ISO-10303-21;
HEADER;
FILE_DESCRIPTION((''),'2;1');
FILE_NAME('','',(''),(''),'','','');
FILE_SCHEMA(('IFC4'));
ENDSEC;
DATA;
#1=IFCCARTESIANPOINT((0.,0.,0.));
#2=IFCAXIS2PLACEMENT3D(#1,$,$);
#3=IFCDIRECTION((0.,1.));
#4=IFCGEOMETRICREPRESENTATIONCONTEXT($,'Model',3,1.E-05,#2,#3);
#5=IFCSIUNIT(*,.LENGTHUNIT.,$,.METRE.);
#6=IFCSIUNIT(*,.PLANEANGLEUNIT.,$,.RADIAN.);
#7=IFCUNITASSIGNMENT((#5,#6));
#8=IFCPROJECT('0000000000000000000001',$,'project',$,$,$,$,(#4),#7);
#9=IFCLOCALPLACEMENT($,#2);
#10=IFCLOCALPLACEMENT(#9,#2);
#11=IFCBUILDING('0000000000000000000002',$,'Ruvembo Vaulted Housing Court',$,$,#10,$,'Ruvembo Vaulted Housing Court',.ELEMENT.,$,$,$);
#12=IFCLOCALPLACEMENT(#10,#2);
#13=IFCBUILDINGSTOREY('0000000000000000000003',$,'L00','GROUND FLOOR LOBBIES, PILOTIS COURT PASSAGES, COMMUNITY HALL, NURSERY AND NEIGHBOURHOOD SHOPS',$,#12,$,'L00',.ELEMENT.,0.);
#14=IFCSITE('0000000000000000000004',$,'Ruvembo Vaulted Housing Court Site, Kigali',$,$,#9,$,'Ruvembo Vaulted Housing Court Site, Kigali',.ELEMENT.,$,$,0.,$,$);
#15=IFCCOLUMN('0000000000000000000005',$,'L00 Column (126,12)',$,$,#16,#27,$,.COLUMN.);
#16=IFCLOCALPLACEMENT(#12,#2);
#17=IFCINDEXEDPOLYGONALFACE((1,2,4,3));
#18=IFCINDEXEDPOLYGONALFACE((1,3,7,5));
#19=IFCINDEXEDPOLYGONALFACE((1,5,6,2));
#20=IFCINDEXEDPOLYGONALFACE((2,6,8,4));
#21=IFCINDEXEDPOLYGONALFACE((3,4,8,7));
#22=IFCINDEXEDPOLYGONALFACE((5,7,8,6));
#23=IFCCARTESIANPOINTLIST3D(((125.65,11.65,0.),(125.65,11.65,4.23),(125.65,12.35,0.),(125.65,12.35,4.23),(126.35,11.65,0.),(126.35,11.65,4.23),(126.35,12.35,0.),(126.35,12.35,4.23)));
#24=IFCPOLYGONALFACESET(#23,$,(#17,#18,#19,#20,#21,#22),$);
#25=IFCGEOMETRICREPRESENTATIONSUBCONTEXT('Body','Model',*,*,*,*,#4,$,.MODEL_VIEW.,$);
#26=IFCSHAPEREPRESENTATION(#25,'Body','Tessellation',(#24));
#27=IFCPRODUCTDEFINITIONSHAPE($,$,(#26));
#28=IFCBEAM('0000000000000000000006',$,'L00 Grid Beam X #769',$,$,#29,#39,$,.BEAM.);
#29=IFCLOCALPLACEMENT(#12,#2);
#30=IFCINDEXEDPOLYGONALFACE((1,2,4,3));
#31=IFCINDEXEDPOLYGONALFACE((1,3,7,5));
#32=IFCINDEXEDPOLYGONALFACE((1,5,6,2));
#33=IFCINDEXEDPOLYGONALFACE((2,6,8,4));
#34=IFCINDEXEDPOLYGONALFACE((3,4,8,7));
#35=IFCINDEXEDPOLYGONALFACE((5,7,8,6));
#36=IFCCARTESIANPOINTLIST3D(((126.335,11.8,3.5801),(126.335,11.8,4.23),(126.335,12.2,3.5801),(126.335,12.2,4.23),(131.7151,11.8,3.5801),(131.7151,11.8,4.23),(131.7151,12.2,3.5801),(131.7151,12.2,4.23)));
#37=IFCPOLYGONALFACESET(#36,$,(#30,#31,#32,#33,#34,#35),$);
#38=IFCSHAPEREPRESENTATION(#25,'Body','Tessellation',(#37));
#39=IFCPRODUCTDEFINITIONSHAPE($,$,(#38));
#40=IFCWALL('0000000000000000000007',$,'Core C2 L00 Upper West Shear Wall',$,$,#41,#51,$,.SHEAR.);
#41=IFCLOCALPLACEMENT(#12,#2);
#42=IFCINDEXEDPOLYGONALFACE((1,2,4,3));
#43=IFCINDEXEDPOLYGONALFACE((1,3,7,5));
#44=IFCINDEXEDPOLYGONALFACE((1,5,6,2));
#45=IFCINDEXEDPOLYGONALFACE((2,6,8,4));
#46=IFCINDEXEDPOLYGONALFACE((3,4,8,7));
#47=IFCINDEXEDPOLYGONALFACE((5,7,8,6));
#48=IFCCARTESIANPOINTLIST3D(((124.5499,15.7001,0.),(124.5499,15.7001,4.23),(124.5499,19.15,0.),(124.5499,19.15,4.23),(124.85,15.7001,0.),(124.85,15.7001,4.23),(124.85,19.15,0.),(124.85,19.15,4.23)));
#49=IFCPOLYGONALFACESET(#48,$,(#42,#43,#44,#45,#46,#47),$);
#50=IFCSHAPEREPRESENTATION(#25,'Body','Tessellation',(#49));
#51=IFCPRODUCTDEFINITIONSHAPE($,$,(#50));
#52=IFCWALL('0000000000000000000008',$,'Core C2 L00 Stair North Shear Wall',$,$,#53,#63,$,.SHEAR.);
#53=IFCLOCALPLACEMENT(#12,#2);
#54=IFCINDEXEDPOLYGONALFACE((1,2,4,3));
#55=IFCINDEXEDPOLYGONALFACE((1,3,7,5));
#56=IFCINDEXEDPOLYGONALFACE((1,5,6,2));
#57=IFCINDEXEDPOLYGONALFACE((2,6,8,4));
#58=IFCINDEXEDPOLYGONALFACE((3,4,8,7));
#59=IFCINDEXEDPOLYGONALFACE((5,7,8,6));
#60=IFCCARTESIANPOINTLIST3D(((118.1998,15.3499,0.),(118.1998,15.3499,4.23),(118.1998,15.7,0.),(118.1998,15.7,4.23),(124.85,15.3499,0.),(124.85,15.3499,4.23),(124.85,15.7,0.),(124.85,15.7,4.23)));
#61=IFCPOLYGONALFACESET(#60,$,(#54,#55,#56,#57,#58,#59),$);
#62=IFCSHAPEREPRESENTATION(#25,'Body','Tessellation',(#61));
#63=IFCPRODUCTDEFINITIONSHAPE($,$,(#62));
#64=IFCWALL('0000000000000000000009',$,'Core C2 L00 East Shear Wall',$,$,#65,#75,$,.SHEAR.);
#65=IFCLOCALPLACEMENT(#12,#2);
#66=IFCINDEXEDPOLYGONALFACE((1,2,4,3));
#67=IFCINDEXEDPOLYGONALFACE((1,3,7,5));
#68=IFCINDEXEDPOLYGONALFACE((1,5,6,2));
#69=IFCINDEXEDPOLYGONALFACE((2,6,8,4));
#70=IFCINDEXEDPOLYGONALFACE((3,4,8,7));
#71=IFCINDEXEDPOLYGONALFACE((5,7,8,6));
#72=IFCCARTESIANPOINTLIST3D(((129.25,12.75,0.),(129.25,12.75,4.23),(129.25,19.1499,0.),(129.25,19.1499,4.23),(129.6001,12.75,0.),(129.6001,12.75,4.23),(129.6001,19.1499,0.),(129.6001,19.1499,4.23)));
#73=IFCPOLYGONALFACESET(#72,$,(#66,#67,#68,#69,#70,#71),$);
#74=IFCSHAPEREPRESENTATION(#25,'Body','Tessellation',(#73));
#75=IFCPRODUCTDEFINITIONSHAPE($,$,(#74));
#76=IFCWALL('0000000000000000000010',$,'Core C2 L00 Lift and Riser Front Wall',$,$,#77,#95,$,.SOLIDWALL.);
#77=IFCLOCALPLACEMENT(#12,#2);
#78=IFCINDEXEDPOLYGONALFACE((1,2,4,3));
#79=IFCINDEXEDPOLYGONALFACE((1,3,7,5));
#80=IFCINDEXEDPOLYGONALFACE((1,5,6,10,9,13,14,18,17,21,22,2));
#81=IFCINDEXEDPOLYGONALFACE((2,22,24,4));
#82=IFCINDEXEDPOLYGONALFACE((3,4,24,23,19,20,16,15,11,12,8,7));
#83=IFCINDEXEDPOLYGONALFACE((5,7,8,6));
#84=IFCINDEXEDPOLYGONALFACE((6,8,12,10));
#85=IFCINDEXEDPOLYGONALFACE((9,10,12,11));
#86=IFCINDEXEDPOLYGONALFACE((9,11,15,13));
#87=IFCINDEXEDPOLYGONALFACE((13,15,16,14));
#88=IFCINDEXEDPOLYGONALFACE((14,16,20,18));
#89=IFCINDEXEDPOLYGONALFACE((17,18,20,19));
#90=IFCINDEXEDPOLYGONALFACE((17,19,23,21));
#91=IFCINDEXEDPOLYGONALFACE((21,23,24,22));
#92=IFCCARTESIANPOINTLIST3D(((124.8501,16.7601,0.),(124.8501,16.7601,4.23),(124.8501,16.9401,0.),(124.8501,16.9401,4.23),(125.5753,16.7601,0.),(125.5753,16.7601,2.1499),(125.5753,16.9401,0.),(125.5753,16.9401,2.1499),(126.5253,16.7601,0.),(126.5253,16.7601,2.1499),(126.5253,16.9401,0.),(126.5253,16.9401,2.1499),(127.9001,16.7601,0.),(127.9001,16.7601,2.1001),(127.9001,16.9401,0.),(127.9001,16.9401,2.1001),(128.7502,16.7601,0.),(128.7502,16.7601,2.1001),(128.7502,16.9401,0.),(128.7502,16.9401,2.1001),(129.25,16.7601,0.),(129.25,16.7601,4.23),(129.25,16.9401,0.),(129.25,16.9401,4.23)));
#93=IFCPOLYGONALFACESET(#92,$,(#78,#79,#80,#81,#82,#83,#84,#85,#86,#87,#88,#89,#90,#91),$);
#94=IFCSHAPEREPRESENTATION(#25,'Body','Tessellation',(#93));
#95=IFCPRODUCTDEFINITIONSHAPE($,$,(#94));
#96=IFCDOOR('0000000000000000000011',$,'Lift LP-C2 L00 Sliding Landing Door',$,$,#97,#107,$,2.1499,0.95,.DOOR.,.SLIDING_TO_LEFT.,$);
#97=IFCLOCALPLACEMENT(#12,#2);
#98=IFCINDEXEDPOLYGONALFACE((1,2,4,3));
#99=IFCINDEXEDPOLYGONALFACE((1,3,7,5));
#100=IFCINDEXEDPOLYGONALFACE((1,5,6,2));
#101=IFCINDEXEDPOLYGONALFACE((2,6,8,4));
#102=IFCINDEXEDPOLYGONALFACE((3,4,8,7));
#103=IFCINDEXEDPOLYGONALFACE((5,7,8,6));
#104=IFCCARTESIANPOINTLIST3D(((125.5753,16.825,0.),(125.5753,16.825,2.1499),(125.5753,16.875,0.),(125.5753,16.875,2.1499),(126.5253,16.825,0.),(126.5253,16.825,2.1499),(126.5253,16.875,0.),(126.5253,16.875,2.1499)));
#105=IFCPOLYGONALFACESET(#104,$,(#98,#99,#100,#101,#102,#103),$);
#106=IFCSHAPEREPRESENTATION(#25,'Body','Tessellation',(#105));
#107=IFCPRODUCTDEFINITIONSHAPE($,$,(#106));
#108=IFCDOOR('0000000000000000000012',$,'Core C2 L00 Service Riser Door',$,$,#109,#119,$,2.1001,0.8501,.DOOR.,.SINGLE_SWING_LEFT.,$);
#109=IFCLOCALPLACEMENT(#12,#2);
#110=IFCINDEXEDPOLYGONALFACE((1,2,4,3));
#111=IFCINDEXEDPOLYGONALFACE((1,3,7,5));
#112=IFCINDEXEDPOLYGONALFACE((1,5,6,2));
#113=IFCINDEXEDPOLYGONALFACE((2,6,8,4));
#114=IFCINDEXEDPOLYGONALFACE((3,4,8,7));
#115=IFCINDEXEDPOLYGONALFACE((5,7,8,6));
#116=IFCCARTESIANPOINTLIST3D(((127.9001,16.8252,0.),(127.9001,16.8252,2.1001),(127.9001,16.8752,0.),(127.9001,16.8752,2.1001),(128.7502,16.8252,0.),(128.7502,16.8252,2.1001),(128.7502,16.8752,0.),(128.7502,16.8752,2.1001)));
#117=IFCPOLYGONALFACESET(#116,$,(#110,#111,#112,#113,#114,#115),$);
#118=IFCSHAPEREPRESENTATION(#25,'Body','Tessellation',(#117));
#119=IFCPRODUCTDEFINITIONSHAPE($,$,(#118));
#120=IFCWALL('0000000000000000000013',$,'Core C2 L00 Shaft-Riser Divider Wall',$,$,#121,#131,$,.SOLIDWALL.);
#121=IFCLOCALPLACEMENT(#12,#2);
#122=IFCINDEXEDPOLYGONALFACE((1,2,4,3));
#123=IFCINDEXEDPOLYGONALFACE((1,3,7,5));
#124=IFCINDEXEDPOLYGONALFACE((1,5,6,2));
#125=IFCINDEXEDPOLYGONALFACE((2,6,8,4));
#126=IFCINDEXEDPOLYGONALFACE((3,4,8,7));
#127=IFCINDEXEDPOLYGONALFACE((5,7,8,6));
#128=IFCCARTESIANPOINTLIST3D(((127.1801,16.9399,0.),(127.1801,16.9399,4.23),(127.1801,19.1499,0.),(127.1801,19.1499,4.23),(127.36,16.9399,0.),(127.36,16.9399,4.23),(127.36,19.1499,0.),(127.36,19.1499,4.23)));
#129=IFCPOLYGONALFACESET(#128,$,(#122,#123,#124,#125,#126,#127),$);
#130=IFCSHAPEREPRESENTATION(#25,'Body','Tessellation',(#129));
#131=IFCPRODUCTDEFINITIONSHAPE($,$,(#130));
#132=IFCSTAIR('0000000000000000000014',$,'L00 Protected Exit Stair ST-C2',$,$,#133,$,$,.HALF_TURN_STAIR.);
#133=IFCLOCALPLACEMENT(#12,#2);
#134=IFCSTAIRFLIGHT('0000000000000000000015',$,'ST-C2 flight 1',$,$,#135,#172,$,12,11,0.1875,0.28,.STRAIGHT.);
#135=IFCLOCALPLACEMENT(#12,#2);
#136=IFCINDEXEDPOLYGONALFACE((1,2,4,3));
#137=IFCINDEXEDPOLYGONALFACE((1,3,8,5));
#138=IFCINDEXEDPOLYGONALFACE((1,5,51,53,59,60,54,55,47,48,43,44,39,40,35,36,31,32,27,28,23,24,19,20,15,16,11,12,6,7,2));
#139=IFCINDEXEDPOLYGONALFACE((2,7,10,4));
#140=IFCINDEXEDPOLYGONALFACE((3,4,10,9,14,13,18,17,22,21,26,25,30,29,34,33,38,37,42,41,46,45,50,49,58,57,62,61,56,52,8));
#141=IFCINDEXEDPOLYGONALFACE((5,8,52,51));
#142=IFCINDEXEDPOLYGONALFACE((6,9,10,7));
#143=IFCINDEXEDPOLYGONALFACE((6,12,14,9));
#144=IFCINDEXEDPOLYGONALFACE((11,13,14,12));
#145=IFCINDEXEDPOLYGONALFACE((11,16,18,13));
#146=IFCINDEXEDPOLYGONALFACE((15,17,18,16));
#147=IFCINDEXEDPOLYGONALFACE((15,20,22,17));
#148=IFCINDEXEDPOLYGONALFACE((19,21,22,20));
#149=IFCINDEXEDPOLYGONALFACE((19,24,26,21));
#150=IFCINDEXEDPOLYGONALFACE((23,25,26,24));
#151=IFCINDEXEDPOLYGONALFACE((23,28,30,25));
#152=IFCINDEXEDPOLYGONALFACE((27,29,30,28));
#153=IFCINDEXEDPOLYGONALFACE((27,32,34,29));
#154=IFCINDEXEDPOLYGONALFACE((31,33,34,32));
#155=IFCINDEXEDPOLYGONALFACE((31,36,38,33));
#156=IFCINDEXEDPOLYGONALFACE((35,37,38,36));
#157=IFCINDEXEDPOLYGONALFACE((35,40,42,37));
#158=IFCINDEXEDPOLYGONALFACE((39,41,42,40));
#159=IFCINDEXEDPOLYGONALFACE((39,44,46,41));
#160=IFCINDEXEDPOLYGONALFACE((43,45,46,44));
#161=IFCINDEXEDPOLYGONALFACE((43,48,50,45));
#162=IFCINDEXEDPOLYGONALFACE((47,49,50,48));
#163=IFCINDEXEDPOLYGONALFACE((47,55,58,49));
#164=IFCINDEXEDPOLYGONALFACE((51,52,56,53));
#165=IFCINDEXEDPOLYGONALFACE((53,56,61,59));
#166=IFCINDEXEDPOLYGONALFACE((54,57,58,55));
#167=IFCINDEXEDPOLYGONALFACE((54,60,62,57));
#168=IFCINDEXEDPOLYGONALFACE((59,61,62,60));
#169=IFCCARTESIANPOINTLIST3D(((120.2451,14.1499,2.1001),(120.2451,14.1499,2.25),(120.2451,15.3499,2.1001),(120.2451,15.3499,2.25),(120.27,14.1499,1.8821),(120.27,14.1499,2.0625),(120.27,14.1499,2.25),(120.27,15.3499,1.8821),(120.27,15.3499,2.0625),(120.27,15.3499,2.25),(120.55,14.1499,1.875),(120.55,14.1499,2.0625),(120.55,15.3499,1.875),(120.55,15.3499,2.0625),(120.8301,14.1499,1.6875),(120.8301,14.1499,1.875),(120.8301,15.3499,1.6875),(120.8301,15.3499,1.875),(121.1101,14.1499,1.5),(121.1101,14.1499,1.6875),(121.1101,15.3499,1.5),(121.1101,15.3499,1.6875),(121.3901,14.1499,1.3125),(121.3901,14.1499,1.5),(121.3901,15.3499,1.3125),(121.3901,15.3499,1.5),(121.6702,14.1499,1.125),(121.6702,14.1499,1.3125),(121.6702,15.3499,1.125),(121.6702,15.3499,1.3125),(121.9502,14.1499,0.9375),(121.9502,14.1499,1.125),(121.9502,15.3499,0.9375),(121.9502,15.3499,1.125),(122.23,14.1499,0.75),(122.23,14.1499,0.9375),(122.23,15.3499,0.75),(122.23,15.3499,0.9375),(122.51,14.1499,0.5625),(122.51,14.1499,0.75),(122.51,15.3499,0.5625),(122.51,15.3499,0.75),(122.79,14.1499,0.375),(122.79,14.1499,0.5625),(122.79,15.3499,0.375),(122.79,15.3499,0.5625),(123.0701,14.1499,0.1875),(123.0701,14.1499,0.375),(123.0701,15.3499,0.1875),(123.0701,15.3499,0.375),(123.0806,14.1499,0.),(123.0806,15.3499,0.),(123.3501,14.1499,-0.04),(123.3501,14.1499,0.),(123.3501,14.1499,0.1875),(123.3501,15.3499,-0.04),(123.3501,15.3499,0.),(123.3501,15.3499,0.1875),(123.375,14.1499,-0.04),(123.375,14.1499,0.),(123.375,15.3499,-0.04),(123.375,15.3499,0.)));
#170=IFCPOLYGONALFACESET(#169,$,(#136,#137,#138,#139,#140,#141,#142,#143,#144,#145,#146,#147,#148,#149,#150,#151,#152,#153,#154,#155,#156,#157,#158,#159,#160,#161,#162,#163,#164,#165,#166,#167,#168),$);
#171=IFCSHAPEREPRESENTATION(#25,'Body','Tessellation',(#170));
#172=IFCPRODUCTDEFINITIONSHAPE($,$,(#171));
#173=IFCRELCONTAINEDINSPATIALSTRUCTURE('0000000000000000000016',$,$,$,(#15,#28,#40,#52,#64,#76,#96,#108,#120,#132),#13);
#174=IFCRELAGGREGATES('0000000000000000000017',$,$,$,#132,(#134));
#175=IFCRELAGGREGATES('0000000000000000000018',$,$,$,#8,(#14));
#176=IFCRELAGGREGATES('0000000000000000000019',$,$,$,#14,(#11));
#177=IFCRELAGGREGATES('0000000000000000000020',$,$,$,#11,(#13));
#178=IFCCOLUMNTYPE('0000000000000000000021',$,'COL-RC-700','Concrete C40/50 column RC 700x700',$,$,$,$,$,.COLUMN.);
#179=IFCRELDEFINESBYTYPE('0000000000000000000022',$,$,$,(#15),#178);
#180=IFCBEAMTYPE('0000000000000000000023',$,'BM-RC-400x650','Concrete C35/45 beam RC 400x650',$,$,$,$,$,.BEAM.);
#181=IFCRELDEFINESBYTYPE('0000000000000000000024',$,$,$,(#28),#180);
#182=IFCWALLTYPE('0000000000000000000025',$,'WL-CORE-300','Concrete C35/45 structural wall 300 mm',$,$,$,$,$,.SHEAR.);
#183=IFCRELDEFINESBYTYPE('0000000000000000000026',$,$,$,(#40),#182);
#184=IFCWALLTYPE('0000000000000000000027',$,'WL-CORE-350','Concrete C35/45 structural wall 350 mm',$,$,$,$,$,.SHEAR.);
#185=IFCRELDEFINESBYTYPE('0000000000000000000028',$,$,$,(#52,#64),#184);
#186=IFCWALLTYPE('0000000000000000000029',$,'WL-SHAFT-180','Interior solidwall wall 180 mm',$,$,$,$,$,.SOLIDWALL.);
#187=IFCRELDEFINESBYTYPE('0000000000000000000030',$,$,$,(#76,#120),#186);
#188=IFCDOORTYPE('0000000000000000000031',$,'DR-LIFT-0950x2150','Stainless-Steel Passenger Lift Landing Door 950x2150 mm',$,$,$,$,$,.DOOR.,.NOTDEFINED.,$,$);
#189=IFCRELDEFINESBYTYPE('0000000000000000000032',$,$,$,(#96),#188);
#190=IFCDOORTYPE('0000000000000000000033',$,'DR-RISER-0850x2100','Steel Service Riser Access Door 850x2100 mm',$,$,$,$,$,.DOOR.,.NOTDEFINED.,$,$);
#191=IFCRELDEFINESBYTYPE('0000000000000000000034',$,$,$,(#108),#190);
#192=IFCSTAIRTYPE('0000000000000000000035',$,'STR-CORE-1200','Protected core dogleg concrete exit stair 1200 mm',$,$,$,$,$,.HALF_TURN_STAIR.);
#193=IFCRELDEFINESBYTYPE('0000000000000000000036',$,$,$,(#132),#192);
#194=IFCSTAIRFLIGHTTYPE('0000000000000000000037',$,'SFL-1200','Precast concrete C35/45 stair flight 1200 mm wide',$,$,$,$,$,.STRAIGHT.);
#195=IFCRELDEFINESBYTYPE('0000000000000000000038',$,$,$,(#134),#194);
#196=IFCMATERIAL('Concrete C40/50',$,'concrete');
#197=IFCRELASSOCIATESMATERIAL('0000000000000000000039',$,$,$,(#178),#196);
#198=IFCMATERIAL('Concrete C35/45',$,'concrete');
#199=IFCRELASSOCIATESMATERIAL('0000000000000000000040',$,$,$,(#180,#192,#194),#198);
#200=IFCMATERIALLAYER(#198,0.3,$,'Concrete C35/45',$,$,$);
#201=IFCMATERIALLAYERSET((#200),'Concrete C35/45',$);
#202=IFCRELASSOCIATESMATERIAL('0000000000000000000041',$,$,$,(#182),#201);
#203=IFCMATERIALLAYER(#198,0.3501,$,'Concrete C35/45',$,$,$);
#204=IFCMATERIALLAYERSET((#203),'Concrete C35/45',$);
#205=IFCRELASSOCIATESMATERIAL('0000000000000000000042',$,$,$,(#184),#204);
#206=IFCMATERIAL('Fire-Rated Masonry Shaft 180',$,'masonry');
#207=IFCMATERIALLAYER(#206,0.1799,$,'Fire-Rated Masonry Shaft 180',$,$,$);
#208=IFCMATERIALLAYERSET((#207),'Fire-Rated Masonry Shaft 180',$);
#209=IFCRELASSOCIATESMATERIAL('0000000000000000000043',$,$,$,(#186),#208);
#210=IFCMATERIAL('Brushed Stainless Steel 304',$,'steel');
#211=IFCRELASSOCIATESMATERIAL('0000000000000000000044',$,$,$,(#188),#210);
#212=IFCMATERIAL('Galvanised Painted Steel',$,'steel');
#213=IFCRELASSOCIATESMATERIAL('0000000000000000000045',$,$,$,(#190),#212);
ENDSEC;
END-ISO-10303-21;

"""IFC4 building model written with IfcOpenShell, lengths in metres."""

from ifc_helpers import new_model, si_unit, direction, frame, frame_2d, origin, origin_2d, place, context, subcontext, project, spatial, polyline, rectangle, outline, extrude, material, layer, layer_set, material_profile, profile_set, type_object, element, fill, aggregate, save


model = new_model("IFC4")

# Units and contexts
model_context = context("Model", 3, precision=1e-05, world=origin(), true_north=direction((0.0, 1.0)))
body_context = subcontext(model_context, "Body", "Model", "MODEL_VIEW")
ifc_project = project(units=[si_unit("LENGTHUNIT", "METRE"), si_unit("PLANEANGLEUNIT", "RADIAN")], contexts=[model_context])

# Site, building, storey
site_placement = place(None, origin())
site = spatial("IfcSite", under=ifc_project, at=site_placement, Name="Ruvembo Vaulted Housing Court Site, Kigali", LongName="Ruvembo Vaulted Housing Court Site, Kigali", CompositionType="ELEMENT", RefElevation=0.0)
building_placement = place(site_placement, origin())
building = spatial("IfcBuilding", under=site, at=building_placement, Name="Ruvembo Vaulted Housing Court", LongName="Ruvembo Vaulted Housing Court", CompositionType="ELEMENT")
storey_placement = place(building_placement, origin())
storey = spatial("IfcBuildingStorey", under=building, at=storey_placement, Name="L00", Description="GROUND FLOOR LOBBIES, PILOTIS COURT PASSAGES, COMMUNITY HALL, NURSERY AND NEIGHBOURHOOD SHOPS", LongName="L00", CompositionType="ELEMENT", Elevation=0.0)

# Column
ifc_material_1 = material(Name="Concrete C40/50", Category="concrete")
ifc_material_profile_1 = material_profile(ifc_material_1, rectangle(XDim=0.7, YDim=0.7, at=origin_2d()), Name="RC 700x700")
ifc_profile_set_1 = profile_set([ifc_material_profile_1], Name="Concrete C40/50")
column_type = type_object("IfcColumnType", Name="COL-RC-700", Description="Concrete C40/50 column RC 700x700", PredefinedType="COLUMN", material=ifc_profile_set_1)
column_placement = place(storey_placement, frame((126.0, 12.0, 0.0), z_axis=(0.0, 0.0, 1.0), x_axis=(1.0, 0.0, 0.0)))
element("IfcColumn", 1, at=column_placement, inside=storey, type_object=column_type, Name="L00 Column (126,12)", PredefinedType="COLUMN", context=body_context, shape_type="SweptSolid", body=[
    extrude(rectangle(XDim=0.7, YDim=0.7, at=origin_2d()), origin(), (0.0, 0.0, 1.0), 4.23),
])

# Beam
ifc_material_2 = material(Name="Concrete C35/45", Category="concrete")
ifc_material_profile_2 = material_profile(ifc_material_2, rectangle(XDim=0.3999, YDim=0.6499, at=origin_2d()), Name="RC 400x650")
ifc_profile_set_2 = profile_set([ifc_material_profile_2], Name="Concrete C35/45")
beam_type = type_object("IfcBeamType", Name="BM-RC-400x650", Description="Concrete C35/45 beam RC 400x650", PredefinedType="BEAM", material=ifc_profile_set_2)
beam_placement = place(storey_placement, frame((126.335, 12.0, 3.905), z_axis=(1.0, 0.0, 0.0), x_axis=(0.0, 1.0, 0.0)))
element("IfcBeam", 2, at=beam_placement, inside=storey, type_object=beam_type, Name="L00 Grid Beam X #769", PredefinedType="BEAM", context=body_context, shape_type="SweptSolid", body=[
    extrude(rectangle(XDim=0.3999, YDim=0.6499, at=origin_2d()), origin(), (0.0, 0.0, 1.0), 5.3801),
])

# Shared definitions
ifc_layer_1 = layer(ifc_material_2, 0.3, Name="Concrete C35/45")
ifc_layer_set_1 = layer_set([ifc_layer_1], Name="Concrete C35/45")
wall_type_1 = type_object("IfcWallType", Name="WL-CORE-300", Description="Concrete C35/45 structural wall 300 mm", PredefinedType="SHEAR", material=ifc_layer_set_1)
ifc_material_3 = material(Name="Galvanised Painted Steel", Category="steel")

# Walls
wall_1_placement = place(storey_placement, frame((124.7, 15.7, 0.0), z_axis=(0.0, 0.0, 1.0), x_axis=(0.0, 1.0, 0.0)))
element("IfcWall", 3, at=wall_1_placement, inside=storey, type_object=wall_type_1, Name="Core C2 L00 Upper West Shear Wall", PredefinedType="SHEAR", context=body_context, shape_type="SweptSolid", body=[
    extrude(rectangle(XDim=3.45, YDim=0.3, at=frame_2d((1.7251, 0.0))), origin(), (0.0, 0.0, 1.0), 4.23),
])
ifc_layer_2 = layer(ifc_material_2, 0.3501, Name="Concrete C35/45")
ifc_layer_set_2 = layer_set([ifc_layer_2], Name="Concrete C35/45")
wall_type_2 = type_object("IfcWallType", Name="WL-CORE-350", Description="Concrete C35/45 structural wall 350 mm", PredefinedType="SHEAR", material=ifc_layer_set_2)
wall_2_placement = place(storey_placement, frame((124.8501, 15.5249, 0.0), z_axis=(0.0, 0.0, 1.0), x_axis=(-1.0, 0.0, 0.0)))
element("IfcWall", 4, at=wall_2_placement, inside=storey, type_object=wall_type_2, Name="Core C2 L00 Stair North Shear Wall", PredefinedType="SHEAR", context=body_context, shape_type="SweptSolid", body=[
    extrude(rectangle(XDim=6.6501, YDim=0.3501, at=frame_2d((3.3252, 0.0))), origin(), (0.0, 0.0, 1.0), 4.23),
])
wall_3_placement = place(storey_placement, frame((129.425, 12.75, 0.0), z_axis=(0.0, 0.0, 1.0), x_axis=(0.0, 1.0, 0.0)))
element("IfcWall", 5, at=wall_3_placement, inside=storey, type_object=wall_type_2, Name="Core C2 L00 East Shear Wall", PredefinedType="SHEAR", context=body_context, shape_type="SweptSolid", body=[
    extrude(rectangle(XDim=6.3999, YDim=0.3501, at=frame_2d((3.2, 0.0))), origin(), (0.0, 0.0, 1.0), 4.23),
])

# Wall, openings, doors
ifc_material_4 = material(Name="Fire-Rated Masonry Shaft 180", Category="masonry")
ifc_layer_3 = layer(ifc_material_4, 0.1799, Name="Fire-Rated Masonry Shaft 180")
ifc_layer_set_3 = layer_set([ifc_layer_3], Name="Fire-Rated Masonry Shaft 180")
wall_type_3 = type_object("IfcWallType", Name="WL-SHAFT-180", Description="Interior solidwall wall 180 mm", PredefinedType="SOLIDWALL", material=ifc_layer_set_3)
wall_4_placement = place(storey_placement, frame((124.8501, 16.8501, 0.0), z_axis=(0.0, 0.0, 1.0), x_axis=(1.0, 0.0, 0.0)))
wall_4 = element("IfcWall", 6, at=wall_4_placement, inside=storey, type_object=wall_type_3, Name="Core C2 L00 Lift and Riser Front Wall", PredefinedType="SOLIDWALL", context=body_context, shape_type="SweptSolid", body=[
    extrude(rectangle(XDim=4.3999, YDim=0.1799, at=frame_2d((2.2, 0.0))), origin(), (0.0, 0.0, 1.0), 4.23),
])
opening_1_placement = place(wall_4_placement, frame((0.7251, 0.0, 0.0)))
opening_1 = element("IfcOpeningElement", 7, at=opening_1_placement, cuts=wall_4, PredefinedType="OPENING", context=body_context, shape_type="SweptSolid", body=[
    extrude(rectangle(XDim=0.95, YDim=2.1499, at=frame_2d((0.4751, 1.075))), frame((0.0, 0.0999, 0.0), z_axis=(0.0, -1.0, 0.0), x_axis=(1.0, 0.0, 0.0)), (0.0, 0.0, 1.0), 0.2),
])
opening_2_placement = place(wall_4_placement, frame((3.05, 0.0, 0.0)))
opening_2 = element("IfcOpeningElement", 8, at=opening_2_placement, cuts=wall_4, PredefinedType="OPENING", context=body_context, shape_type="SweptSolid", body=[
    extrude(rectangle(XDim=0.8501, YDim=2.1001, at=frame_2d((0.425, 1.05))), frame((0.0, 0.0999, 0.0), z_axis=(0.0, -1.0, 0.0), x_axis=(1.0, 0.0, 0.0)), (0.0, 0.0, 1.0), 0.2),
])
ifc_material_5 = material(Name="Brushed Stainless Steel 304", Category="steel")
door_type_1 = type_object("IfcDoorType", Name="DR-LIFT-0950x2150", Description="Stainless-Steel Passenger Lift Landing Door 950x2150 mm", OperationType="NOTDEFINED", PredefinedType="DOOR", material=ifc_material_5)
door_1_placement = place(opening_1_placement, origin())
door_1 = element("IfcDoor", 9, at=door_1_placement, inside=storey, type_object=door_type_1, Name="Lift LP-C2 L00 Sliding Landing Door", OperationType="SLIDING_TO_LEFT", OverallHeight=2.1499, OverallWidth=0.95, PredefinedType="DOOR", context=body_context, shape_type="SweptSolid", body=[
    extrude(rectangle(XDim=0.95, YDim=2.1499, at=frame_2d((0.4751, 1.075))), frame((0.0, 0.0249, 0.0), z_axis=(0.0, -1.0, 0.0), x_axis=(1.0, 0.0, 0.0)), (0.0, 0.0, 1.0), 0.05),
])
fill(opening_1, door_1)
door_type_2 = type_object("IfcDoorType", Name="DR-RISER-0850x2100", Description="Steel Service Riser Access Door 850x2100 mm", OperationType="NOTDEFINED", PredefinedType="DOOR", material=ifc_material_3)
door_2_placement = place(opening_2_placement, frame((0.8501, 0.0, 0.0), z_axis=(0.0, 0.0, 1.0), x_axis=(-1.0, 0.0, 0.0)))
door_2 = element("IfcDoor", 10, at=door_2_placement, inside=storey, type_object=door_type_2, Name="Core C2 L00 Service Riser Door", OperationType="SINGLE_SWING_LEFT", OverallHeight=2.1001, OverallWidth=0.8501, PredefinedType="DOOR", context=body_context, shape_type="SweptSolid", body=[
    extrude(rectangle(XDim=0.8501, YDim=2.1001, at=frame_2d((0.425, 1.05))), frame((0.0, 0.0249, 0.0), z_axis=(0.0, -1.0, 0.0), x_axis=(1.0, 0.0, 0.0)), (0.0, 0.0, 1.0), 0.05),
])
fill(opening_2, door_2)

# Wall
wall_5_placement = place(storey_placement, frame((127.27, 16.9399, 0.0), z_axis=(0.0, 0.0, 1.0), x_axis=(0.0, 1.0, 0.0)))
element("IfcWall", 11, at=wall_5_placement, inside=storey, type_object=wall_type_3, Name="Core C2 L00 Shaft-Riser Divider Wall", PredefinedType="SOLIDWALL", context=body_context, shape_type="SweptSolid", body=[
    extrude(rectangle(XDim=2.21, YDim=0.1799, at=frame_2d((1.105, 0.0))), origin(), (0.0, 0.0, 1.0), 4.23),
])

# Stair, stair flight
stair_type = type_object("IfcStairType", Name="STR-CORE-1200", Description="Protected core dogleg concrete exit stair 1200 mm", PredefinedType="HALF_TURN_STAIR", material=ifc_material_2)
stair_placement = place(storey_placement, origin())
stair = element("IfcStair", 12, at=stair_placement, inside=storey, type_object=stair_type, Name="L00 Protected Exit Stair ST-C2", PredefinedType="HALF_TURN_STAIR")
stair_flight_type = type_object("IfcStairFlightType", Name="SFL-1200", Description="Precast concrete C35/45 stair flight 1200 mm wide", PredefinedType="STRAIGHT", material=ifc_material_2)
stair_flight_1_placement = place(storey_placement, frame((123.3501, 14.75, 0.0), z_axis=(0.0, 0.0, 1.0), x_axis=(-1.0, 0.0, 0.0)))
stair_flight_1 = element("IfcStairFlight", 13, at=stair_flight_1_placement, type_object=stair_flight_type, Name="ST-C2 flight 1", NumberOfRisers=12, NumberOfTreads=11, PredefinedType="STRAIGHT", RiserHeight=0.1875, TreadLength=0.28, context=body_context, shape_type="SweptSolid", body=[
    extrude(outline(polyline([(-0.0249, -0.04), (-0.0249, 0.0), (0.0, 0.0), (0.0, 0.1875), (0.28, 0.1875), (0.28, 0.375), (0.5601, 0.375), (0.5601, 0.5625), (0.8401, 0.5625), (0.8401, 0.75), (1.1201, 0.75), (1.1201, 0.9375), (1.3999, 0.9375), (1.3999, 1.125), (1.6799, 1.125), (1.6799, 1.3125), (1.96, 1.3125), (1.96, 1.5), (2.24, 1.5), (2.24, 1.6875), (2.52, 1.6875), (2.52, 1.875), (2.8, 1.875), (2.8, 2.0625), (3.0801, 2.0625), (3.0801, 2.25), (3.105, 2.25), (3.105, 2.1001), (3.0801, 1.8821), (0.2695, 0.0), (0.0, -0.04), (-0.0249, -0.04)])), frame((0.0, 0.6001, 0.0), z_axis=(0.0, -1.0, 0.0), x_axis=(1.0, 0.0, 0.0)), (0.0, 0.0, 1.0), 1.2),
])
aggregate(stair, [stair_flight_1])

save(model, "model.ifc")
